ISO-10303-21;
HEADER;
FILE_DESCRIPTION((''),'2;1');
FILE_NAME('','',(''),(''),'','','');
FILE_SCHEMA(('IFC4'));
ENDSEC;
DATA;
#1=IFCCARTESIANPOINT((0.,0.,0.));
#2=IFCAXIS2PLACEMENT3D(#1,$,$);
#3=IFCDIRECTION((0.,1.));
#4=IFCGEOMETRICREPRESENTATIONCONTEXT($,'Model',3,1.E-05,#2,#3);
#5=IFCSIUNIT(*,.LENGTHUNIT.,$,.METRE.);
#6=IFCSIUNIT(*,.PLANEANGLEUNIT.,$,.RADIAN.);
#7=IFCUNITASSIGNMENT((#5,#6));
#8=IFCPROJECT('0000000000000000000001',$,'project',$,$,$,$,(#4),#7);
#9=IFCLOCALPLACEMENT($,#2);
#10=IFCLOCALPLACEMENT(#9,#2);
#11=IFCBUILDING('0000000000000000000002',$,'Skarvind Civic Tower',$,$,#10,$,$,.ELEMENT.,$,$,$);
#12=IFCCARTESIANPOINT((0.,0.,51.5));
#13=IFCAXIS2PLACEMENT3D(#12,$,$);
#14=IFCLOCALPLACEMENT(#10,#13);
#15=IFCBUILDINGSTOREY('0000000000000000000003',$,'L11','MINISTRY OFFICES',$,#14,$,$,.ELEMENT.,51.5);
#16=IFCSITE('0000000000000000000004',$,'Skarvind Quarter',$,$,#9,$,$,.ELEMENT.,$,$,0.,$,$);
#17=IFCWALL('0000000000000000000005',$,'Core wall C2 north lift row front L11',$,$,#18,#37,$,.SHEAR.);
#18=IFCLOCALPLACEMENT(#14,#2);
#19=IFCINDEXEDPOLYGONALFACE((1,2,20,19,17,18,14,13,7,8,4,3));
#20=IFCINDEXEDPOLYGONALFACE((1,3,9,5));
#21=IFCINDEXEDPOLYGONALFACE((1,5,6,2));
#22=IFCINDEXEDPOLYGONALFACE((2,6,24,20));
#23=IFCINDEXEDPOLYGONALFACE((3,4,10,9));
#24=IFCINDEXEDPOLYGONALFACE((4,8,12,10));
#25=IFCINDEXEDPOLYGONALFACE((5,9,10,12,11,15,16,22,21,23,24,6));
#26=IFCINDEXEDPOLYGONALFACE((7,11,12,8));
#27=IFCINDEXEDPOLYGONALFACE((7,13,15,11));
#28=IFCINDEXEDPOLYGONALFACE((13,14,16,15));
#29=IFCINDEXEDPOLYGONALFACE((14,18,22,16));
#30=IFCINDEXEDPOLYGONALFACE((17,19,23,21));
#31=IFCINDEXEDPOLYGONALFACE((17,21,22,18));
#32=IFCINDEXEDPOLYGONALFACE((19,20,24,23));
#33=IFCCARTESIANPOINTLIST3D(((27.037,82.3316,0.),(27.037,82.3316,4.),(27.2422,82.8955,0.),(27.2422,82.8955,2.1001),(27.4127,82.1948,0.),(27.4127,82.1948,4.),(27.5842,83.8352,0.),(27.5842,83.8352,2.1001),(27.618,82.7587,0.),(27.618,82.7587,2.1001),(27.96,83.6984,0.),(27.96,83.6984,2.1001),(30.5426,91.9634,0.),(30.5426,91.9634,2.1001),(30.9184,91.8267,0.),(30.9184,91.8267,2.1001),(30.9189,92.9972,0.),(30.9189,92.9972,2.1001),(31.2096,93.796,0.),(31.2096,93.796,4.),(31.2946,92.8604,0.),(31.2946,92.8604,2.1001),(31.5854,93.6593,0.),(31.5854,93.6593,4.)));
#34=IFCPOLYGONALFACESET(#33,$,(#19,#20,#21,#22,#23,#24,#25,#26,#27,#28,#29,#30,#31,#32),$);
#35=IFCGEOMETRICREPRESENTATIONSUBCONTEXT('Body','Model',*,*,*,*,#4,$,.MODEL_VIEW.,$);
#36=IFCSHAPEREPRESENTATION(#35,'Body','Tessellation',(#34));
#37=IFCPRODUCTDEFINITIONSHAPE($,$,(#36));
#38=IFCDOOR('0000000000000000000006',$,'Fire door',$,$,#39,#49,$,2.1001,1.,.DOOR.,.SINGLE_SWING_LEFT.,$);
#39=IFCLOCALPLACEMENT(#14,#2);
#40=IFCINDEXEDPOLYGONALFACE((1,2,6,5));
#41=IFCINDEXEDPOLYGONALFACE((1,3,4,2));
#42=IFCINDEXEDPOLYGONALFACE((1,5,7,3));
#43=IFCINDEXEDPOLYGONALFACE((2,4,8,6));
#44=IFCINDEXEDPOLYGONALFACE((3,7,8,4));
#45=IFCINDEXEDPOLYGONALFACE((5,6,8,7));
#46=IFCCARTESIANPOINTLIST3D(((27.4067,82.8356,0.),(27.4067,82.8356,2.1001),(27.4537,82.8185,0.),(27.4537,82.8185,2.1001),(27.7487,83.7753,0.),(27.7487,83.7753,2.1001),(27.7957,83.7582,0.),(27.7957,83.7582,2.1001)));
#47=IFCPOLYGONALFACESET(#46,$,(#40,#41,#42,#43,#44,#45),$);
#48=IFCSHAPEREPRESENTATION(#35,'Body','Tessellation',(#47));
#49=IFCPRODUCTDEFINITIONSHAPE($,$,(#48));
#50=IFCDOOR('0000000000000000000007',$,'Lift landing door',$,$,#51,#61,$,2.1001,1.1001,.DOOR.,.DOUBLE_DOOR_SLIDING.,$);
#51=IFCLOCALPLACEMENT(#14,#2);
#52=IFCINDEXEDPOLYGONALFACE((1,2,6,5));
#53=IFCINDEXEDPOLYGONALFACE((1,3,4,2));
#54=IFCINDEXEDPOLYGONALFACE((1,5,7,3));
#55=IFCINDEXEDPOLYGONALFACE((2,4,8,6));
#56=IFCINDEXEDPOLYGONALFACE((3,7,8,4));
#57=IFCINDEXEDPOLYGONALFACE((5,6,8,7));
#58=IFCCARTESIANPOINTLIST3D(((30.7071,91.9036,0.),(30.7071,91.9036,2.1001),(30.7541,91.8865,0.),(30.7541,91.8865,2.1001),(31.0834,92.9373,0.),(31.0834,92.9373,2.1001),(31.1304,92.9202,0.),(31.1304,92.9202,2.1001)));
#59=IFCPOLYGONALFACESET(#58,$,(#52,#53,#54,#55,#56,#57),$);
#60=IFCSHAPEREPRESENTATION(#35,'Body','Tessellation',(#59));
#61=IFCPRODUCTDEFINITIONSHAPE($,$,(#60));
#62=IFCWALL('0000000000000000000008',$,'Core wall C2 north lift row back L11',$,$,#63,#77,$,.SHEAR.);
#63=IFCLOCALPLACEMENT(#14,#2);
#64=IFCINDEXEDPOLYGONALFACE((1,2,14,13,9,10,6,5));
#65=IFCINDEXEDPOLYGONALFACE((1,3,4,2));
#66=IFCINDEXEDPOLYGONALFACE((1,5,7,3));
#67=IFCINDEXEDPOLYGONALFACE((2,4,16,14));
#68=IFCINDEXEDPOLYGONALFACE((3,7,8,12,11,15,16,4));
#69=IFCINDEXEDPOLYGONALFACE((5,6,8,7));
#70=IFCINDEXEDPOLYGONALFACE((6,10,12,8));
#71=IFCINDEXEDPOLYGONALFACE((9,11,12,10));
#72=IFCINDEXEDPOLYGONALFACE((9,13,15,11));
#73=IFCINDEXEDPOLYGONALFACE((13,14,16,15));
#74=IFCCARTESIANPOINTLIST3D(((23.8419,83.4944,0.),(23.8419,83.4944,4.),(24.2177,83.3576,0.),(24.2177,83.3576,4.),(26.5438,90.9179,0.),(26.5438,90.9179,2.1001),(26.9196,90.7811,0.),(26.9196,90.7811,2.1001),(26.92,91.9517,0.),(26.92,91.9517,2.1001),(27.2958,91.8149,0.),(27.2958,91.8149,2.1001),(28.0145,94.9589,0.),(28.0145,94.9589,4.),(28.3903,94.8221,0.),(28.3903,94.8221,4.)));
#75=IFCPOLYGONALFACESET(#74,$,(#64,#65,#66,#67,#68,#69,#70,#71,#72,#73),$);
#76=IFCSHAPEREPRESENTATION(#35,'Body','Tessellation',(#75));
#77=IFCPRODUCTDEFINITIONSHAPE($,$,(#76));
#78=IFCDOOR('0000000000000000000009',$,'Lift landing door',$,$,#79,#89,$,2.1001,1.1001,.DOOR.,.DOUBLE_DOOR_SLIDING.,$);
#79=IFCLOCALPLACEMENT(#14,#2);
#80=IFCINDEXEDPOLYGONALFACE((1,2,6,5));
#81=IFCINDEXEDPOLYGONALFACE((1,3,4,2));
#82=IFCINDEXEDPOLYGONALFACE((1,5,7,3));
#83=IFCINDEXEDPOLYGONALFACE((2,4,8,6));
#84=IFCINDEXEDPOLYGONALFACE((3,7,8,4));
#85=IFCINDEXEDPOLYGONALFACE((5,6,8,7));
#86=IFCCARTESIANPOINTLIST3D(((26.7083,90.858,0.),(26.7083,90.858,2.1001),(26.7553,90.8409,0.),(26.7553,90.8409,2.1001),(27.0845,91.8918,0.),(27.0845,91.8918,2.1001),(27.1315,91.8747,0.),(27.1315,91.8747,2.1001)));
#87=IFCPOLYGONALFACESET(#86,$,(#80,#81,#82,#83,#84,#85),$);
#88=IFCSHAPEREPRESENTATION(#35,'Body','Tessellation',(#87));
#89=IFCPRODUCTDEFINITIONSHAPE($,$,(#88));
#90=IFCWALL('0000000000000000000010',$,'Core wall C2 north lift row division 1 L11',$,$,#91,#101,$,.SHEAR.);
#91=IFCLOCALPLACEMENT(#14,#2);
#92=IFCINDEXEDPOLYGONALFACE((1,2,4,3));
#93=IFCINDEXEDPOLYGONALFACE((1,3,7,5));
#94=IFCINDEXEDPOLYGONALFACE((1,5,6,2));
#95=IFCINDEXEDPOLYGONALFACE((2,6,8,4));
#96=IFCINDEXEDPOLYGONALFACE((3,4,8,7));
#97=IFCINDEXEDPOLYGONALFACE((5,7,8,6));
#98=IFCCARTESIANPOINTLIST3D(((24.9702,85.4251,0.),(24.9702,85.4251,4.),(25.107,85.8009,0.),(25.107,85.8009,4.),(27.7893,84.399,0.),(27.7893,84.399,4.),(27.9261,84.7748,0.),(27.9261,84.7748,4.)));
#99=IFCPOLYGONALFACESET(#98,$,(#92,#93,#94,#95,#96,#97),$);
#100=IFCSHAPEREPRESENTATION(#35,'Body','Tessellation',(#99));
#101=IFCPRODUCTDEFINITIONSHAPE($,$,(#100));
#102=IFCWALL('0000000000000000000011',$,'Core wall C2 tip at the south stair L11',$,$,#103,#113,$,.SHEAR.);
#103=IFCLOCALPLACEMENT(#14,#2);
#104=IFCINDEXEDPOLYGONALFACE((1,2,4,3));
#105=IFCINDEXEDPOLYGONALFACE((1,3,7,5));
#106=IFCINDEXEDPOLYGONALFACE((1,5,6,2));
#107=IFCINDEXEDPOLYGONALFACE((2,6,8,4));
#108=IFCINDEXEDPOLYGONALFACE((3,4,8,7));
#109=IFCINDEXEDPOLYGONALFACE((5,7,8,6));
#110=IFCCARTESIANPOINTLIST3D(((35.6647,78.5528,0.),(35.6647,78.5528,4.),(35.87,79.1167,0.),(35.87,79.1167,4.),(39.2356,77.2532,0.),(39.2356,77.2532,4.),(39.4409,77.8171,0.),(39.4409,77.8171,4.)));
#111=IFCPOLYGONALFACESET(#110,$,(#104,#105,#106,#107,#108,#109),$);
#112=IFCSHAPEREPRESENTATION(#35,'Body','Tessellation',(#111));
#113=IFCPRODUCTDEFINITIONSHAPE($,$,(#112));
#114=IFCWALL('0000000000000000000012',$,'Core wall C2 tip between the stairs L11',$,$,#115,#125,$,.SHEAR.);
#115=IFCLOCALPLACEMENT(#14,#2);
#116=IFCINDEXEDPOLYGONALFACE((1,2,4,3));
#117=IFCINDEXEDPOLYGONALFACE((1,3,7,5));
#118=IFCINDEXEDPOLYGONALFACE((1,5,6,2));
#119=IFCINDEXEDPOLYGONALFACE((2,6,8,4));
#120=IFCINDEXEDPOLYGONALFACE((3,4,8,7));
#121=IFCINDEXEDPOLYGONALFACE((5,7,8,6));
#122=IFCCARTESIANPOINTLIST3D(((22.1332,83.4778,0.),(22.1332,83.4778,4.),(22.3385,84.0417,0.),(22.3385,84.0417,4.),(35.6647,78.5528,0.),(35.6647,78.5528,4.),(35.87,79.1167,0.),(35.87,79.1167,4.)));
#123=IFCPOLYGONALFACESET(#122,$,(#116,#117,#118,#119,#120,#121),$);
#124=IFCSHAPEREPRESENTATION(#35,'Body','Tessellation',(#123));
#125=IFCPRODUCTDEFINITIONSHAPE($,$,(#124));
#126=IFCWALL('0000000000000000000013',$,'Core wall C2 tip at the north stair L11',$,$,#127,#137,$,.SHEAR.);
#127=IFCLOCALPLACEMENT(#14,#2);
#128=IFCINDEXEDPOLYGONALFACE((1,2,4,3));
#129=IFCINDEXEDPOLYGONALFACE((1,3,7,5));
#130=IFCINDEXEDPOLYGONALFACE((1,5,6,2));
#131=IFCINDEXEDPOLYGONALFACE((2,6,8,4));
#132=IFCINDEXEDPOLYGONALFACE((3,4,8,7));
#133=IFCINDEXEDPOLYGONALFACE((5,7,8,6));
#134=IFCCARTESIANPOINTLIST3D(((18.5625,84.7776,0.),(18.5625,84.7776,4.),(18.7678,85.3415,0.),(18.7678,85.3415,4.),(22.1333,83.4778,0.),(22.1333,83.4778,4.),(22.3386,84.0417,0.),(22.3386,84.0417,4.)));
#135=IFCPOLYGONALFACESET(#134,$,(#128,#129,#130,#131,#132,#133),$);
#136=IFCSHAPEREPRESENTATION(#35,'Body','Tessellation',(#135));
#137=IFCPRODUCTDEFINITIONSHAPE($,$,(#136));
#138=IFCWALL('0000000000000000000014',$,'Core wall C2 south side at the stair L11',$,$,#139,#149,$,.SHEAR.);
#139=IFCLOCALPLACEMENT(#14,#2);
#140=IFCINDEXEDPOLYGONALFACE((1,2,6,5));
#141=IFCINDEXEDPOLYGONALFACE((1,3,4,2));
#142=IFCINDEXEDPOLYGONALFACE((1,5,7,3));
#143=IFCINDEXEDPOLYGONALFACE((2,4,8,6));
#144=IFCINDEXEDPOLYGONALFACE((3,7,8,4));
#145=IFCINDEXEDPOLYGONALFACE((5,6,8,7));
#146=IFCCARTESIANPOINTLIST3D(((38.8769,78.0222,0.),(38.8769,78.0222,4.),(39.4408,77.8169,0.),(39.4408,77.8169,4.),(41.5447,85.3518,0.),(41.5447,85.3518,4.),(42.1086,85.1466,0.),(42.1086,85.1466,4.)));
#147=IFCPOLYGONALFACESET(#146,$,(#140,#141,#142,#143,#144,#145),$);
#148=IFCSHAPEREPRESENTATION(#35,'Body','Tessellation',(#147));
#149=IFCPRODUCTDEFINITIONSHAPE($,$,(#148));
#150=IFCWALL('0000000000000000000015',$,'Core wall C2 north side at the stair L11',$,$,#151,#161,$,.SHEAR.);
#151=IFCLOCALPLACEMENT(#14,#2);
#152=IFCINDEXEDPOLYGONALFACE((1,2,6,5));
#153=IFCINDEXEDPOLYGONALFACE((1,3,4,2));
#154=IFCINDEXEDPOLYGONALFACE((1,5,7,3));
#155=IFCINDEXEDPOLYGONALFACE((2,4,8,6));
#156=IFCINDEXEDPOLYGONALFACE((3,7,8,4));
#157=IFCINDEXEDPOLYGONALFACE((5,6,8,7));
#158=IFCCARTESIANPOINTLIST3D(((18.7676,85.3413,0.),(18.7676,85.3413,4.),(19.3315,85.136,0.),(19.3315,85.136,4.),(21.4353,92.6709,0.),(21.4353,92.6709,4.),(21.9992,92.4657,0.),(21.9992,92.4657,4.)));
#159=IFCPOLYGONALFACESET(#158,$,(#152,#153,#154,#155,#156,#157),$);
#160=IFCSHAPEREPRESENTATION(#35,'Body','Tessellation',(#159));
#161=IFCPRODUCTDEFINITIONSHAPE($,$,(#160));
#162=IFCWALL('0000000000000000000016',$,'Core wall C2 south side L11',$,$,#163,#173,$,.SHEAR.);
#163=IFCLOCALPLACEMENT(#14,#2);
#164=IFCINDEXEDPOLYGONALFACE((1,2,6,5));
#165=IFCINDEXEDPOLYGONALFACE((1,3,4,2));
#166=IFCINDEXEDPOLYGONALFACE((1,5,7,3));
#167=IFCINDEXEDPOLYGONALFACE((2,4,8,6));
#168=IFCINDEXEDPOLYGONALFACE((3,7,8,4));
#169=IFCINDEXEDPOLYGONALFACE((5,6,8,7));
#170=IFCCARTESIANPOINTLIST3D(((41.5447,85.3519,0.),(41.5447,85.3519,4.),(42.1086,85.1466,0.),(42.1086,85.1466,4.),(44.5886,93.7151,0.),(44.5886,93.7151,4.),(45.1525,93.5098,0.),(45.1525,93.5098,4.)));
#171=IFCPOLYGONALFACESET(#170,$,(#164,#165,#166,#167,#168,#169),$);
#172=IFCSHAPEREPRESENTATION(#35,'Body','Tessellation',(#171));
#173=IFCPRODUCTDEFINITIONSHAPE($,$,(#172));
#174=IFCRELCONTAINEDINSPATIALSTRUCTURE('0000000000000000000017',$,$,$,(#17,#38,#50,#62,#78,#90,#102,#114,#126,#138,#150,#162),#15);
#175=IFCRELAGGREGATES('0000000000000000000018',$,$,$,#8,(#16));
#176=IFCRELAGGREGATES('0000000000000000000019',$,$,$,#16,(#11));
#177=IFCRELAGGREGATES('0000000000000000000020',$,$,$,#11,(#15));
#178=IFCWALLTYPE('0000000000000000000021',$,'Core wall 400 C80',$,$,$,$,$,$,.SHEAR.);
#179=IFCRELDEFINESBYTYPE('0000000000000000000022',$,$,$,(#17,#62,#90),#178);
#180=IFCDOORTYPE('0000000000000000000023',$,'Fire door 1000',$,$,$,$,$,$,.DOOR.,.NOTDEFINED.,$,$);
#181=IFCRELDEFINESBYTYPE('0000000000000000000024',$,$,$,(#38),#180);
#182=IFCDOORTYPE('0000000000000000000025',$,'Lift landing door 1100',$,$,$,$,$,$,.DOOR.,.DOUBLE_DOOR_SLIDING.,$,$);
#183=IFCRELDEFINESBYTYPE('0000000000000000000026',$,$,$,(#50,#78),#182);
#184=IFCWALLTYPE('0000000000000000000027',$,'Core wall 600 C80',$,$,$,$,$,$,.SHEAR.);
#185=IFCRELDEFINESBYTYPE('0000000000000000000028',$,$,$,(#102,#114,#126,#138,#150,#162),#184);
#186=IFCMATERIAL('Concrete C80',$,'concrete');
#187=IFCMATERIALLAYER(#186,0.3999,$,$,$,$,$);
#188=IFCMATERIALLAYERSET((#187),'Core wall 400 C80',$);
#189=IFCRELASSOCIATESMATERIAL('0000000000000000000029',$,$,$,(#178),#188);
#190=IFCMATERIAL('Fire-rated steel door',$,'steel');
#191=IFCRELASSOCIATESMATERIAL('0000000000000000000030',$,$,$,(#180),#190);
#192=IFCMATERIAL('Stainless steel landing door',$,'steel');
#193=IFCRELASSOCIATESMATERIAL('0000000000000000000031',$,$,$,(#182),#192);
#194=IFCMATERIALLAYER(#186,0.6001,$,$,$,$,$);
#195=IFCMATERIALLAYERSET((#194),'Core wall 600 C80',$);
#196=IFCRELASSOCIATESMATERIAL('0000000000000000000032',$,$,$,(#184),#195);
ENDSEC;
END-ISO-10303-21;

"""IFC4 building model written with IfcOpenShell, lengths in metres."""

from ifc_helpers import new_model, si_unit, direction, frame, frame_2d, origin, place, context, subcontext, project, spatial, rectangle, extrude, material, layer, layer_set, type_object, element, fill, save


model = new_model("IFC4")

# Units and contexts
model_context = context("Model", 3, precision=1e-05, world=origin(), true_north=direction((0.0, 1.0)))
body_context = subcontext(model_context, "Body", "Model", "MODEL_VIEW")
ifc_project = project(units=[si_unit("LENGTHUNIT", "METRE"), si_unit("PLANEANGLEUNIT", "RADIAN")], contexts=[model_context])

# Site, building, storey
site_placement = place(None, origin())
site = spatial("IfcSite", under=ifc_project, at=site_placement, Name="Skarvind Quarter", CompositionType="ELEMENT", RefElevation=0.0)
building_placement = place(site_placement, origin())
building = spatial("IfcBuilding", under=site, at=building_placement, Name="Skarvind Civic Tower", CompositionType="ELEMENT")
storey_placement = place(building_placement, frame((0.0, 0.0, 51.5)))
storey = spatial("IfcBuildingStorey", under=building, at=storey_placement, Name="L11", Description="MINISTRY OFFICES", CompositionType="ELEMENT", Elevation=51.5)

# Shared definitions
ifc_material_1 = material(Name="Concrete C80", Category="concrete")
ifc_layer_1 = layer(ifc_material_1, 0.3999)
ifc_layer_set_1 = layer_set([ifc_layer_1], Name="Core wall 400 C80")
wall_type_1 = type_object("IfcWallType", Name="Core wall 400 C80", PredefinedType="SHEAR", material=ifc_layer_set_1)

# Shared definitions
ifc_material_2 = material(Name="Fire-rated steel door", Category="steel")
door_type_1 = type_object("IfcDoorType", Name="Fire door 1000", OperationType="NOTDEFINED", PredefinedType="DOOR", material=ifc_material_2)

# Shared definitions
ifc_material_3 = material(Name="Stainless steel landing door", Category="steel")
door_type_2 = type_object("IfcDoorType", Name="Lift landing door 1100", OperationType="DOUBLE_DOOR_SLIDING", PredefinedType="DOOR", material=ifc_material_3)

# Wall, openings, doors
wall_1_placement = place(storey_placement, frame((27.2249, 82.2632, 0.0), z_axis=(0.0, 0.0, 1.0), x_axis=(0.342015, 0.939695, 0.0)))
wall_1 = element("IfcWall", 1, at=wall_1_placement, inside=storey, type_object=wall_type_1, Name="Core wall C2 north lift row front L11", PredefinedType="SHEAR", context=body_context, shape_type="SweptSolid", body=[
    extrude(rectangle(XDim=12.2002, YDim=0.3999, at=frame_2d((6.1001, 0.0))), origin(), (0.0, 0.0, 1.0), 4.0),
])
opening_1_placement = place(wall_1_placement, frame((10.25, 0.0, 0.0)))
opening_1 = element("IfcOpeningElement", 2, at=opening_1_placement, cuts=wall_1, PredefinedType="OPENING", context=body_context, shape_type="SweptSolid", body=[
    extrude(rectangle(XDim=1.1001, YDim=2.1001, at=frame_2d((0.55, 1.05))), frame((0.0, 0.21, 0.0), z_axis=(0.0, -1.0, 0.0), x_axis=(1.0, 0.0, 0.0)), (0.0, 0.0, 1.0), 0.4199),
])
opening_2_placement = place(wall_1_placement, frame((0.6001, 0.0, 0.0)))
opening_2 = element("IfcOpeningElement", 3, at=opening_2_placement, cuts=wall_1, PredefinedType="OPENING", context=body_context, shape_type="SweptSolid", body=[
    extrude(rectangle(XDim=1.0, YDim=2.1001, at=frame_2d((0.5, 1.05))), frame((0.0, 0.21, 0.0), z_axis=(0.0, -1.0, 0.0), x_axis=(1.0, 0.0, 0.0)), (0.0, 0.0, 1.0), 0.4199),
])
door_1_placement = place(opening_2_placement, origin())
door_1 = element("IfcDoor", 4, at=door_1_placement, inside=storey, type_object=door_type_1, Name="Fire door", OperationType="SINGLE_SWING_LEFT", OverallHeight=2.1001, OverallWidth=1.0, PredefinedType="DOOR", context=body_context, shape_type="SweptSolid", body=[
    extrude(rectangle(XDim=1.0, YDim=2.1001, at=frame_2d((0.5, 1.05))), frame((0.0, 0.0249, 0.0), z_axis=(0.0, -1.0, 0.0), x_axis=(1.0, 0.0, 0.0)), (0.0, 0.0, 1.0), 0.05),
])
fill(opening_2, door_1)
door_2_placement = place(opening_1_placement, origin())
door_2 = element("IfcDoor", 5, at=door_2_placement, inside=storey, type_object=door_type_2, Name="Lift landing door", OperationType="DOUBLE_DOOR_SLIDING", OverallHeight=2.1001, OverallWidth=1.1001, PredefinedType="DOOR", context=body_context, shape_type="SweptSolid", body=[
    extrude(rectangle(XDim=1.1001, YDim=2.1001, at=frame_2d((0.55, 1.05))), frame((0.0, 0.0249, 0.0), z_axis=(0.0, -1.0, 0.0), x_axis=(1.0, 0.0, 0.0)), (0.0, 0.0, 1.0), 0.05),
])
fill(opening_1, door_2)

# Wall, opening, door
wall_2_placement = place(storey_placement, frame((24.0298, 83.426, 0.0), z_axis=(0.0, 0.0, 1.0), x_axis=(0.342015, 0.939695, 0.0)))
wall_2 = element("IfcWall", 6, at=wall_2_placement, inside=storey, type_object=wall_type_1, Name="Core wall C2 north lift row back L11", PredefinedType="SHEAR", context=body_context, shape_type="SweptSolid", body=[
    extrude(rectangle(XDim=12.2002, YDim=0.3999, at=frame_2d((6.1001, 0.0))), origin(), (0.0, 0.0, 1.0), 4.0),
])
opening_3_placement = place(wall_2_placement, frame((7.8999, 0.0, 0.0)))
opening_3 = element("IfcOpeningElement", 7, at=opening_3_placement, cuts=wall_2, PredefinedType="OPENING", context=body_context, shape_type="SweptSolid", body=[
    extrude(rectangle(XDim=1.1001, YDim=2.1001, at=frame_2d((0.55, 1.05))), frame((0.0, 0.21, 0.0), z_axis=(0.0, -1.0, 0.0), x_axis=(1.0, 0.0, 0.0)), (0.0, 0.0, 1.0), 0.4199),
])
door_3_placement = place(opening_3_placement, origin())
door_3 = element("IfcDoor", 8, at=door_3_placement, inside=storey, type_object=door_type_2, Name="Lift landing door", OperationType="DOUBLE_DOOR_SLIDING", OverallHeight=2.1001, OverallWidth=1.1001, PredefinedType="DOOR", context=body_context, shape_type="SweptSolid", body=[
    extrude(rectangle(XDim=1.1001, YDim=2.1001, at=frame_2d((0.55, 1.05))), frame((0.0, 0.0249, 0.0), z_axis=(0.0, -1.0, 0.0), x_axis=(1.0, 0.0, 0.0)), (0.0, 0.0, 1.0), 0.05),
])
fill(opening_3, door_3)

# Walls
wall_3_placement = place(storey_placement, frame((27.8577, 84.5869, 0.0), z_axis=(0.0, 0.0, 1.0), x_axis=(-0.939686, 0.342037, 0.0)))
element("IfcWall", 9, at=wall_3_placement, inside=storey, type_object=wall_type_1, Name="Core wall C2 north lift row division 1 L11", PredefinedType="SHEAR", context=body_context, shape_type="SweptSolid", body=[
    extrude(rectangle(XDim=3.0, YDim=0.3999, at=frame_2d((1.5, 0.0))), origin(), (0.0, 0.0, 1.0), 4.0),
])
ifc_layer_2 = layer(ifc_material_1, 0.6001)
ifc_layer_set_2 = layer_set([ifc_layer_2], Name="Core wall 600 C80")
wall_type_2 = type_object("IfcWallType", Name="Core wall 600 C80", PredefinedType="SHEAR", material=ifc_layer_set_2)
wall_4_placement = place(storey_placement, frame((39.3381, 77.5352, 0.0), z_axis=(0.0, 0.0, 1.0), x_axis=(-0.939701, 0.341996, 0.0)))
element("IfcWall", 10, at=wall_4_placement, inside=storey, type_object=wall_type_2, Name="Core wall C2 tip at the south stair L11", PredefinedType="SHEAR", context=body_context, shape_type="SweptSolid", body=[
    extrude(rectangle(XDim=3.8, YDim=0.6001, at=frame_2d((1.8999, 0.0))), origin(), (0.0, 0.0, 1.0), 4.0),
])
wall_5_placement = place(storey_placement, frame((35.7673, 78.8347, 0.0), z_axis=(0.0, 0.0, 1.0), x_axis=(-0.939693, 0.342019, 0.0)))
element("IfcWall", 11, at=wall_5_placement, inside=storey, type_object=wall_type_2, Name="Core wall C2 tip between the stairs L11", PredefinedType="SHEAR", context=body_context, shape_type="SweptSolid", body=[
    extrude(rectangle(XDim=14.3999, YDim=0.6001, at=frame_2d((7.2, 0.0))), origin(), (0.0, 0.0, 1.0), 4.0),
])
wall_6_placement = place(storey_placement, frame((22.2358, 83.7598, 0.0), z_axis=(0.0, 0.0, 1.0), x_axis=(-0.939681, 0.342053, 0.0)))
element("IfcWall", 12, at=wall_6_placement, inside=storey, type_object=wall_type_2, Name="Core wall C2 tip at the north stair L11", PredefinedType="SHEAR", context=body_context, shape_type="SweptSolid", body=[
    extrude(rectangle(XDim=3.8, YDim=0.6001, at=frame_2d((1.8999, 0.0))), origin(), (0.0, 0.0, 1.0), 4.0),
])
for number, where, z_axis, x_axis, name in (
    (13, (39.1589, 77.9197, 0.0), (0.0, 0.0, 1.0), (0.342017, 0.939694, 0.0), "Core wall C2 south side at the stair L11"),
    (14, (19.0496, 85.2388, 0.0), (0.0, 0.0, 1.0), (0.342017, 0.939694, 0.0), "Core wall C2 north side at the stair L11"),
):
    element("IfcWall", number, at=place(storey_placement, frame(where, z_axis=z_axis, x_axis=x_axis)), inside=storey, type_object=wall_type_2, Name=name, PredefinedType="SHEAR", context=body_context, shape_type="SweptSolid", body=[
        extrude(rectangle(XDim=7.8, YDim=0.6001, at=frame_2d((3.8999, 0.0))), origin(), (0.0, 0.0, 1.0), 4.0),
    ])
wall_7_placement = place(storey_placement, frame((41.8267, 85.2493, 0.0), z_axis=(0.0, 0.0, 1.0), x_axis=(0.342016, 0.939694, 0.0)))
element("IfcWall", 15, at=wall_7_placement, inside=storey, type_object=wall_type_2, Name="Core wall C2 south side L11", PredefinedType="SHEAR", context=body_context, shape_type="SweptSolid", body=[
    extrude(rectangle(XDim=8.8999, YDim=0.6001, at=frame_2d((4.45, 0.0))), origin(), (0.0, 0.0, 1.0), 4.0),
])

save(model, "model.ifc")
